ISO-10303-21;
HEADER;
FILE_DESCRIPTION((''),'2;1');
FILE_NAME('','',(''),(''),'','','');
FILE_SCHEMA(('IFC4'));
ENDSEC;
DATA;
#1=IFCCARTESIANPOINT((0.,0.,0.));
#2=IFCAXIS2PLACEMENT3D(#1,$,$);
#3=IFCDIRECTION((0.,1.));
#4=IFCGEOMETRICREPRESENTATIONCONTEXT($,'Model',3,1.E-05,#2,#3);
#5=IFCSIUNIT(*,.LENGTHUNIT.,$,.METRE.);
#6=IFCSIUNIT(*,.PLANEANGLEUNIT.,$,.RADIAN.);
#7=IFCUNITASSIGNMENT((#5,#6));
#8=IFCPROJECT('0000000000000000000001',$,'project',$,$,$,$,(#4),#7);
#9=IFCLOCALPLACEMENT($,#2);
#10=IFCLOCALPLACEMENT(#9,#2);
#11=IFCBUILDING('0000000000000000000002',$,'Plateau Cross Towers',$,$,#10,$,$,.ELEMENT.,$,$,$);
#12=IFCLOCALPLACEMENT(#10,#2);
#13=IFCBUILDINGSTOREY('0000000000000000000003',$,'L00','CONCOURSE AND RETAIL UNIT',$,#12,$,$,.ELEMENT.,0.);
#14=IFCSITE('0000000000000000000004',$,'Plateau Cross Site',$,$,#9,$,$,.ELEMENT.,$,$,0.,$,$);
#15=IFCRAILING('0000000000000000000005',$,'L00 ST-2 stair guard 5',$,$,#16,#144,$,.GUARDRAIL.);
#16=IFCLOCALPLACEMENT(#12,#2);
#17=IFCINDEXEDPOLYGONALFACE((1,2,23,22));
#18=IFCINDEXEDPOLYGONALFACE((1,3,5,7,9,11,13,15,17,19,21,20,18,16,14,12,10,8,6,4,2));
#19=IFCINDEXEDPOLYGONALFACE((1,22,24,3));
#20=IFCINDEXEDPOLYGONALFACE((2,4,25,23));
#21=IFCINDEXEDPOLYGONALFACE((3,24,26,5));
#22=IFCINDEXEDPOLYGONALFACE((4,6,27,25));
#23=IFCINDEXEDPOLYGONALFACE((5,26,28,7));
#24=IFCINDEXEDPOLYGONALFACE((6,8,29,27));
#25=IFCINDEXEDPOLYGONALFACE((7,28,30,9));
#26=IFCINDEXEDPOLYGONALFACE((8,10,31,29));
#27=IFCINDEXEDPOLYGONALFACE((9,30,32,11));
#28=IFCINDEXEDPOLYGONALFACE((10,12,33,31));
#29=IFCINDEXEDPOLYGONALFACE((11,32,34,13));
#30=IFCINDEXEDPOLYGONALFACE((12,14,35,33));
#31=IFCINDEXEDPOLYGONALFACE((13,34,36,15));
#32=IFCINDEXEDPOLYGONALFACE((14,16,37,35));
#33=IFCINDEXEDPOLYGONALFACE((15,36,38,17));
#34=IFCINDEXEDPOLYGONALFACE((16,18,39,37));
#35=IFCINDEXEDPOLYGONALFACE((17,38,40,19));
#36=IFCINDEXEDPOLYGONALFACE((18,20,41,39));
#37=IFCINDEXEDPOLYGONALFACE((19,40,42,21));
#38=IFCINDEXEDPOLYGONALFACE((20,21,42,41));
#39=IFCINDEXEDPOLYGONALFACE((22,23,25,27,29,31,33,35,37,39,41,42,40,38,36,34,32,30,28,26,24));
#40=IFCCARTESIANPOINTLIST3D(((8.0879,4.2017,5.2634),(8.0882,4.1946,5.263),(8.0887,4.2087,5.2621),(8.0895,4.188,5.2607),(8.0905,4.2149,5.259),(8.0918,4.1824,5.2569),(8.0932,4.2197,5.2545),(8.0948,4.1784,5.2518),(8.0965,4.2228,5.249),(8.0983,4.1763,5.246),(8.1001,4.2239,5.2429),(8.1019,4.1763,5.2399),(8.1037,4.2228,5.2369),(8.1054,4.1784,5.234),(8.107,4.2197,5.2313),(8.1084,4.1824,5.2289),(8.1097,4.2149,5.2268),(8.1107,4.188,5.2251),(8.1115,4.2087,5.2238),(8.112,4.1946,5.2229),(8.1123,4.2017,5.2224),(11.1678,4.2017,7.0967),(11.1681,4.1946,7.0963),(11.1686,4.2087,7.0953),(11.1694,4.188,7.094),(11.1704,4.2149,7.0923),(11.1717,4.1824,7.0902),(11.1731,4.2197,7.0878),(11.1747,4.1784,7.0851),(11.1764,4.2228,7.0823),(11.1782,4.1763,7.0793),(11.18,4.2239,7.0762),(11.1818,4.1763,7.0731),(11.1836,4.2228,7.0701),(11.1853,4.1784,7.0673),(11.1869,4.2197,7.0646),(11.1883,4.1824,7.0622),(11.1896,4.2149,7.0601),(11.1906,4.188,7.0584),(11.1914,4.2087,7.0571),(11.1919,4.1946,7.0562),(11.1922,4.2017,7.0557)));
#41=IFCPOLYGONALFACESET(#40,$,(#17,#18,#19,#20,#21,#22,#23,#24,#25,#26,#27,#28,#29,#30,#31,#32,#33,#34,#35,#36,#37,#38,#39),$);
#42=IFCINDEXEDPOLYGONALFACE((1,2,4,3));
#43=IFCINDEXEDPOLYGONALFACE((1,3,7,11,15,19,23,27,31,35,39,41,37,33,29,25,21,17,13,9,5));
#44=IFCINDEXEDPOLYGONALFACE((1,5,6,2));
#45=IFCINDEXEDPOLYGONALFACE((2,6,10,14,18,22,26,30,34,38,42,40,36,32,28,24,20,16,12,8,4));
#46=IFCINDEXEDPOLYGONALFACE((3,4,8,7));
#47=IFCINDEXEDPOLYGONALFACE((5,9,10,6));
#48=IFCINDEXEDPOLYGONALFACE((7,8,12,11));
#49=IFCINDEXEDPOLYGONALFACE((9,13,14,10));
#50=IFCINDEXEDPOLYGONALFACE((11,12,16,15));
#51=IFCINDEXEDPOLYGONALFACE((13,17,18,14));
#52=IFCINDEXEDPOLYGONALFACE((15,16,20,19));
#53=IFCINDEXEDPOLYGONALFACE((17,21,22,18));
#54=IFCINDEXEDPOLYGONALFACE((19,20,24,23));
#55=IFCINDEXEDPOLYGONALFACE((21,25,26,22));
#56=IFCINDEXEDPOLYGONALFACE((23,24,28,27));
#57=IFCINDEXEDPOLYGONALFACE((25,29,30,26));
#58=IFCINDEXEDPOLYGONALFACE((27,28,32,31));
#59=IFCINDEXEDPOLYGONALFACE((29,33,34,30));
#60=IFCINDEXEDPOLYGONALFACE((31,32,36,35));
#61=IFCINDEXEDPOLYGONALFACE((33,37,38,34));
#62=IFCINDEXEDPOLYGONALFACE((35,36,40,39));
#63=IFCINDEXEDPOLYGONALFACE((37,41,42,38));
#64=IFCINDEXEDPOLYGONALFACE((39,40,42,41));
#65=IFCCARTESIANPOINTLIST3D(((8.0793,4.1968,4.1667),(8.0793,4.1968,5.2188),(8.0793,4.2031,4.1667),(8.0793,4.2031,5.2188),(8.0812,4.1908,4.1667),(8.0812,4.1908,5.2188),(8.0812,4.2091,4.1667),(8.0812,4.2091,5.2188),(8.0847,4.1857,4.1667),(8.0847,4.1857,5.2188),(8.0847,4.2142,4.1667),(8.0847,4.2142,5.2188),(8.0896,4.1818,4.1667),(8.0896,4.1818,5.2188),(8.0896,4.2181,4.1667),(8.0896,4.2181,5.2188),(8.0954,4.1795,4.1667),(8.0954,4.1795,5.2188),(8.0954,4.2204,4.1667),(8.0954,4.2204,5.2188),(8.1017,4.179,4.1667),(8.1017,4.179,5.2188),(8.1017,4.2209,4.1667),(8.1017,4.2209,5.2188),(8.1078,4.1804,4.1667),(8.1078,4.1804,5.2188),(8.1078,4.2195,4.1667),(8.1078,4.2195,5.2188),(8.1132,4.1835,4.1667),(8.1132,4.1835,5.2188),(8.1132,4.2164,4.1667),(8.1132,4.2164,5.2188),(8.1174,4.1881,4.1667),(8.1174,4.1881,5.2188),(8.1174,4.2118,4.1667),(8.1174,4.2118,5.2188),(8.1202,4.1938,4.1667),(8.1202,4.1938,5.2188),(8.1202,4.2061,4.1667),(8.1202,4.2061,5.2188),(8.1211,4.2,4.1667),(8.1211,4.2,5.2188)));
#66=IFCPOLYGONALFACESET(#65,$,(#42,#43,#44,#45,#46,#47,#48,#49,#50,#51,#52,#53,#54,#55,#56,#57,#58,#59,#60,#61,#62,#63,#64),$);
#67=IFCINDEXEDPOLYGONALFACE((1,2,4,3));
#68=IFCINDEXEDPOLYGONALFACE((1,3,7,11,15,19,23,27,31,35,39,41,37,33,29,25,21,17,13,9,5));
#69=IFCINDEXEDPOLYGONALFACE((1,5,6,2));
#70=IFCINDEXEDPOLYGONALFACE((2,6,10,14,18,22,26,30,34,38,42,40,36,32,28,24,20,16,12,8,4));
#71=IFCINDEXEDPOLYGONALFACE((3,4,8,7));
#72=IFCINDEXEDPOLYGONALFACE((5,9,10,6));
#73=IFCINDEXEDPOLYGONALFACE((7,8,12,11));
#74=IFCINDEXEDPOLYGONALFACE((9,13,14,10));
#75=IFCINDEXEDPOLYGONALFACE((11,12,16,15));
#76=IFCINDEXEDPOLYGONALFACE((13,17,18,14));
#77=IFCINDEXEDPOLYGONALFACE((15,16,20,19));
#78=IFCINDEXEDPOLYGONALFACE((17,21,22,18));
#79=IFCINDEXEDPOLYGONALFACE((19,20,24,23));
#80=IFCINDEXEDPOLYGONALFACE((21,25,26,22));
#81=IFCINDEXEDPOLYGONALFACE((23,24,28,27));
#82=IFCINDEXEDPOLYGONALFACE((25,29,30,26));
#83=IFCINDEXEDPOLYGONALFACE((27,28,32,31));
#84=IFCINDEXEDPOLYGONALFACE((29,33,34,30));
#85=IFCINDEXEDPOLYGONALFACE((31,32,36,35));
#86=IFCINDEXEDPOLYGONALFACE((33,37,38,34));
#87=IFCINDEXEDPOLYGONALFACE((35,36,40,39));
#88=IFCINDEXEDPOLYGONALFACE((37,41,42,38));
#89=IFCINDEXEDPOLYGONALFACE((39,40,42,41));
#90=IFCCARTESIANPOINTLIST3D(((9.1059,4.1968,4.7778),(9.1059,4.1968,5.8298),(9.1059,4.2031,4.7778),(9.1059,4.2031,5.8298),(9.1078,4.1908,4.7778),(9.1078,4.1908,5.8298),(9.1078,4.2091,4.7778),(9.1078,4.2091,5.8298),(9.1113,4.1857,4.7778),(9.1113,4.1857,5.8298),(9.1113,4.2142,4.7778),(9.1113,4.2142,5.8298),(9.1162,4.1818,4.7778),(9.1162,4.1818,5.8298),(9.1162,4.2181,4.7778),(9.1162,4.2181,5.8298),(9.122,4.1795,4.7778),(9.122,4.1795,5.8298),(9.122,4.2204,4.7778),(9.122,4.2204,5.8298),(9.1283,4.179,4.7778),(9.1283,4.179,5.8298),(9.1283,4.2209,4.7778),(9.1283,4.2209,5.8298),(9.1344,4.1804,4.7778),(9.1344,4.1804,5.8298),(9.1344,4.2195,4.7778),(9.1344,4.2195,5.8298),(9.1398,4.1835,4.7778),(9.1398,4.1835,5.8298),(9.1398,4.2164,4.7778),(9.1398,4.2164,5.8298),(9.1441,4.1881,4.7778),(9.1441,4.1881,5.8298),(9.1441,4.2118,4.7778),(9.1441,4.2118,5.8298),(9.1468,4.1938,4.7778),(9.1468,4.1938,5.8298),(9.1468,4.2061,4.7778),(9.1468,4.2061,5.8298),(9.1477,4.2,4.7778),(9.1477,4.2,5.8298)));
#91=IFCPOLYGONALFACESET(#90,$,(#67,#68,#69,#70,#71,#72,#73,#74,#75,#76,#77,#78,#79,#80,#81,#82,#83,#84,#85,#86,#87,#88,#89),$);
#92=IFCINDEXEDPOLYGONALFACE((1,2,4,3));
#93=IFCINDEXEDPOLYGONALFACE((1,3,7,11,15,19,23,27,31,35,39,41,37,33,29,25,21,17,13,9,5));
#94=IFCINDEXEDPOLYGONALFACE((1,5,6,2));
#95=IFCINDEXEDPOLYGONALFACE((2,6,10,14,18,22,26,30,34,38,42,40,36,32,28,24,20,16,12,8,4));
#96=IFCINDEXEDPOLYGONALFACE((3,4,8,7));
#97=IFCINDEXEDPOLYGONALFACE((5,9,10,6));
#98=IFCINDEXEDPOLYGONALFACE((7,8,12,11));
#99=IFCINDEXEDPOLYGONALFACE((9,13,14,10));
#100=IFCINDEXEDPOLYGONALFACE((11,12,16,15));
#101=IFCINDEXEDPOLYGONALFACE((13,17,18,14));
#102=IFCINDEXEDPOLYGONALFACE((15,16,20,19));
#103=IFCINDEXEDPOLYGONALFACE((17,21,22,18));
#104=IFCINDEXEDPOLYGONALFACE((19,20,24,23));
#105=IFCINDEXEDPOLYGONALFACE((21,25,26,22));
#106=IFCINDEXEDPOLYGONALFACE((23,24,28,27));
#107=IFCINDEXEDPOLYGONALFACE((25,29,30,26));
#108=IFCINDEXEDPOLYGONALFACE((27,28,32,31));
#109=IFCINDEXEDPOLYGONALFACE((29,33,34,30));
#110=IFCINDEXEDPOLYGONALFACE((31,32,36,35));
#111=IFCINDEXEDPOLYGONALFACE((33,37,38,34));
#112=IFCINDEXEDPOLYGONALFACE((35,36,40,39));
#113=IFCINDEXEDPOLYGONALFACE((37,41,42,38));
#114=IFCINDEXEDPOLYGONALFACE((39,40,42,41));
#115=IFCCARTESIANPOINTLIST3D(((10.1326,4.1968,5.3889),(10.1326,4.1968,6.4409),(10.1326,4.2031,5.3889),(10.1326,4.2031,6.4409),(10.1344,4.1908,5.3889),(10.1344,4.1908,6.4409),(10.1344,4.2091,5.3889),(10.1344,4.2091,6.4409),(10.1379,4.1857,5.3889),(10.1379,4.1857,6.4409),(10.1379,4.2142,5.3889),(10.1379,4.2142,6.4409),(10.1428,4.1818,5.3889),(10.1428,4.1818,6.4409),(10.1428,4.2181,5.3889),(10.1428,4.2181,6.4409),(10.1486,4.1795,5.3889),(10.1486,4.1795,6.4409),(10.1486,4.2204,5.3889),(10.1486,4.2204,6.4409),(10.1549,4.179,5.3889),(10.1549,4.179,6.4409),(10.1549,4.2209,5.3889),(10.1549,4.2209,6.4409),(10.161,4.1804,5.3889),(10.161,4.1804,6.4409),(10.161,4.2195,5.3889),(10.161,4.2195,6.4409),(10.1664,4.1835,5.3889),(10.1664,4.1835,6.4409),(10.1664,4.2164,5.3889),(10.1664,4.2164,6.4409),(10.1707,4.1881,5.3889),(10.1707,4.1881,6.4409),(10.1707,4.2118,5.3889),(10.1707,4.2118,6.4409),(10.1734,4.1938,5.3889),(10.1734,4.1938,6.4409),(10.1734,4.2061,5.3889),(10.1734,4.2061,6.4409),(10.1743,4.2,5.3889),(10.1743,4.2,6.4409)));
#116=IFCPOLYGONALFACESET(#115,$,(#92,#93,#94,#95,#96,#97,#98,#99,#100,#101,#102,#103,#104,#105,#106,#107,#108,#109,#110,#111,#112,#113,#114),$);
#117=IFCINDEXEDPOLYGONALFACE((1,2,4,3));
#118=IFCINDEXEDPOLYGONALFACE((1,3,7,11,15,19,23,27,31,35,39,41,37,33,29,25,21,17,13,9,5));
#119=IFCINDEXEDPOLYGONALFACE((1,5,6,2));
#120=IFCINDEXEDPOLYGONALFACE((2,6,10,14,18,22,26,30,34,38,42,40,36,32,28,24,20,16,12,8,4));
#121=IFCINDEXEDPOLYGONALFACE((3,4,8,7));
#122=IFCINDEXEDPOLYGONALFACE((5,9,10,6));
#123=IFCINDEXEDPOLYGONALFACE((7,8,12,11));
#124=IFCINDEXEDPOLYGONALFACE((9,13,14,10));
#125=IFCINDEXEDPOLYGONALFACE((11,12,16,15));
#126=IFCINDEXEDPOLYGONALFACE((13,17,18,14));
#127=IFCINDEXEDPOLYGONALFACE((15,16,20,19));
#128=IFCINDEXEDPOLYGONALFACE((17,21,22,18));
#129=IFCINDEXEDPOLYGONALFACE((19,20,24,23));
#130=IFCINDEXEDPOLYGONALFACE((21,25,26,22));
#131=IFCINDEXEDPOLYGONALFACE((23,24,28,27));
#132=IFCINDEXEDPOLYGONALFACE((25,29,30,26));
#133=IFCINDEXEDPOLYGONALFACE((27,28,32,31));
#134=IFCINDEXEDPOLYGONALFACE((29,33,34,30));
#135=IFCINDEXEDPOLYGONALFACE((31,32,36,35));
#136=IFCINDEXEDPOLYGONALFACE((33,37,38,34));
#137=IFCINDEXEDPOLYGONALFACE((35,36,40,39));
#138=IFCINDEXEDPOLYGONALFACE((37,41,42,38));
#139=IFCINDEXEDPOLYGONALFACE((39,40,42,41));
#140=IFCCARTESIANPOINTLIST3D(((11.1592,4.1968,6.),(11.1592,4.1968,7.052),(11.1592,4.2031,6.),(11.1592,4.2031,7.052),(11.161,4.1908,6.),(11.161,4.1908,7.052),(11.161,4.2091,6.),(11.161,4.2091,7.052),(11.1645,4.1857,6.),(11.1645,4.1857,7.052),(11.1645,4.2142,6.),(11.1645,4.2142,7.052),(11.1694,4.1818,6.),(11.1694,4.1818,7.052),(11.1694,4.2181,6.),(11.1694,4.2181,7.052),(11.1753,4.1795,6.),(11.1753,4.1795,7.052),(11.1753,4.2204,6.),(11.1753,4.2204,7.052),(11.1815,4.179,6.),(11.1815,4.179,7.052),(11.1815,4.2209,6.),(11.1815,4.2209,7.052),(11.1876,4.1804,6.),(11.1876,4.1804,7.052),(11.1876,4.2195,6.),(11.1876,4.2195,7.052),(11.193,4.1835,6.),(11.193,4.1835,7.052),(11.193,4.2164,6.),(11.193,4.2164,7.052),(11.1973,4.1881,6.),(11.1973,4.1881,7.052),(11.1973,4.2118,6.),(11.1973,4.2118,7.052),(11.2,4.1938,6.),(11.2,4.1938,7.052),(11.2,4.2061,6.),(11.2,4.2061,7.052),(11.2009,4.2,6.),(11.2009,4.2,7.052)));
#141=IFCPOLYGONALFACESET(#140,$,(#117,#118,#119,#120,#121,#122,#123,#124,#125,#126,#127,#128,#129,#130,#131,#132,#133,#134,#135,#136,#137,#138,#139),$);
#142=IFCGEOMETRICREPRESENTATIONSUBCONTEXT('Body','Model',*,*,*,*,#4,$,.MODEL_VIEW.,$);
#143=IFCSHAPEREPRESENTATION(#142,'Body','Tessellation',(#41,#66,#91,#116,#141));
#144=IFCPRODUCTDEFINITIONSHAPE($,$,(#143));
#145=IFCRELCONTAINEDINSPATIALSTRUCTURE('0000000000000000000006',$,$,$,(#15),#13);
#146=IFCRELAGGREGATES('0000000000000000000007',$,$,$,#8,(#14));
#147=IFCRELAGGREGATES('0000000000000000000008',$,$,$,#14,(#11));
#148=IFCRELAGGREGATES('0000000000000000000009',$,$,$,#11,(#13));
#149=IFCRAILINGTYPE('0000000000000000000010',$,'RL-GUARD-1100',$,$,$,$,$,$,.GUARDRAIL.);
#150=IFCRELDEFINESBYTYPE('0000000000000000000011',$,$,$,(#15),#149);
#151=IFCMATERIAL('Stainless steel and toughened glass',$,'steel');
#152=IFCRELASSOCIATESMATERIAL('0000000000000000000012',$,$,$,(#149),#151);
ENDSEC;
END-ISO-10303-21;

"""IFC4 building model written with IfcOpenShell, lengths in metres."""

from ifc_helpers import new_model, si_unit, direction, frame, origin, origin_2d, place, context, subcontext, project, spatial, circle, extrude, material, type_object, element, save


model = new_model("IFC4")

# Units and contexts
model_context = context("Model", 3, precision=1e-05, world=origin(), true_north=direction((0.0, 1.0)))
body_context = subcontext(model_context, "Body", "Model", "MODEL_VIEW")
ifc_project = project(units=[si_unit("LENGTHUNIT", "METRE"), si_unit("PLANEANGLEUNIT", "RADIAN")], contexts=[model_context])

# Site, building, storey
site_placement = place(None, origin())
site = spatial("IfcSite", under=ifc_project, at=site_placement, Name="Plateau Cross Site", CompositionType="ELEMENT", RefElevation=0.0)
building_placement = place(site_placement, origin())
building = spatial("IfcBuilding", under=site, at=building_placement, Name="Plateau Cross Towers", CompositionType="ELEMENT")
storey_placement = place(building_placement, origin())
storey = spatial("IfcBuildingStorey", under=building, at=storey_placement, Name="L00", Description="CONCOURSE AND RETAIL UNIT", CompositionType="ELEMENT", Elevation=0.0)

# Railing
ifc_material_1 = material(Name="Stainless steel and toughened glass", Category="steel")
railing_type_1 = type_object("IfcRailingType", Name="RL-GUARD-1100", PredefinedType="GUARDRAIL", material=ifc_material_1)
railing_1_placement = place(storey_placement, frame((8.1001, 4.2, 4.1667)))
element("IfcRailing", 1, at=railing_1_placement, inside=storey, type_object=railing_type_1, Name="L00 ST-2 stair guard 5", PredefinedType="GUARDRAIL", context=body_context, shape_type="SweptSolid", body=[
    extrude(circle(Radius=0.0239, at=origin_2d()), frame((0.0, 0.0, 1.0762), z_axis=(0.859291, 0.0, 0.511487), x_axis=(0.0, 1.0, 0.0)), (0.0, 0.0, 1.0), 3.5842),
    extrude(circle(Radius=0.021, at=origin_2d()), origin(), (0.0, 0.0, 1.0), 1.052),
    extrude(circle(Radius=0.021, at=origin_2d()), frame((1.0266, 0.0, 0.6111)), (0.0, 0.0, 1.0), 1.052),
    extrude(circle(Radius=0.021, at=origin_2d()), frame((2.0532, 0.0, 1.2222)), (0.0, 0.0, 1.0), 1.052),
    extrude(circle(Radius=0.021, at=origin_2d()), frame((3.0798, 0.0, 1.8333)), (0.0, 0.0, 1.0), 1.052),
])

save(model, "model.ifc")
